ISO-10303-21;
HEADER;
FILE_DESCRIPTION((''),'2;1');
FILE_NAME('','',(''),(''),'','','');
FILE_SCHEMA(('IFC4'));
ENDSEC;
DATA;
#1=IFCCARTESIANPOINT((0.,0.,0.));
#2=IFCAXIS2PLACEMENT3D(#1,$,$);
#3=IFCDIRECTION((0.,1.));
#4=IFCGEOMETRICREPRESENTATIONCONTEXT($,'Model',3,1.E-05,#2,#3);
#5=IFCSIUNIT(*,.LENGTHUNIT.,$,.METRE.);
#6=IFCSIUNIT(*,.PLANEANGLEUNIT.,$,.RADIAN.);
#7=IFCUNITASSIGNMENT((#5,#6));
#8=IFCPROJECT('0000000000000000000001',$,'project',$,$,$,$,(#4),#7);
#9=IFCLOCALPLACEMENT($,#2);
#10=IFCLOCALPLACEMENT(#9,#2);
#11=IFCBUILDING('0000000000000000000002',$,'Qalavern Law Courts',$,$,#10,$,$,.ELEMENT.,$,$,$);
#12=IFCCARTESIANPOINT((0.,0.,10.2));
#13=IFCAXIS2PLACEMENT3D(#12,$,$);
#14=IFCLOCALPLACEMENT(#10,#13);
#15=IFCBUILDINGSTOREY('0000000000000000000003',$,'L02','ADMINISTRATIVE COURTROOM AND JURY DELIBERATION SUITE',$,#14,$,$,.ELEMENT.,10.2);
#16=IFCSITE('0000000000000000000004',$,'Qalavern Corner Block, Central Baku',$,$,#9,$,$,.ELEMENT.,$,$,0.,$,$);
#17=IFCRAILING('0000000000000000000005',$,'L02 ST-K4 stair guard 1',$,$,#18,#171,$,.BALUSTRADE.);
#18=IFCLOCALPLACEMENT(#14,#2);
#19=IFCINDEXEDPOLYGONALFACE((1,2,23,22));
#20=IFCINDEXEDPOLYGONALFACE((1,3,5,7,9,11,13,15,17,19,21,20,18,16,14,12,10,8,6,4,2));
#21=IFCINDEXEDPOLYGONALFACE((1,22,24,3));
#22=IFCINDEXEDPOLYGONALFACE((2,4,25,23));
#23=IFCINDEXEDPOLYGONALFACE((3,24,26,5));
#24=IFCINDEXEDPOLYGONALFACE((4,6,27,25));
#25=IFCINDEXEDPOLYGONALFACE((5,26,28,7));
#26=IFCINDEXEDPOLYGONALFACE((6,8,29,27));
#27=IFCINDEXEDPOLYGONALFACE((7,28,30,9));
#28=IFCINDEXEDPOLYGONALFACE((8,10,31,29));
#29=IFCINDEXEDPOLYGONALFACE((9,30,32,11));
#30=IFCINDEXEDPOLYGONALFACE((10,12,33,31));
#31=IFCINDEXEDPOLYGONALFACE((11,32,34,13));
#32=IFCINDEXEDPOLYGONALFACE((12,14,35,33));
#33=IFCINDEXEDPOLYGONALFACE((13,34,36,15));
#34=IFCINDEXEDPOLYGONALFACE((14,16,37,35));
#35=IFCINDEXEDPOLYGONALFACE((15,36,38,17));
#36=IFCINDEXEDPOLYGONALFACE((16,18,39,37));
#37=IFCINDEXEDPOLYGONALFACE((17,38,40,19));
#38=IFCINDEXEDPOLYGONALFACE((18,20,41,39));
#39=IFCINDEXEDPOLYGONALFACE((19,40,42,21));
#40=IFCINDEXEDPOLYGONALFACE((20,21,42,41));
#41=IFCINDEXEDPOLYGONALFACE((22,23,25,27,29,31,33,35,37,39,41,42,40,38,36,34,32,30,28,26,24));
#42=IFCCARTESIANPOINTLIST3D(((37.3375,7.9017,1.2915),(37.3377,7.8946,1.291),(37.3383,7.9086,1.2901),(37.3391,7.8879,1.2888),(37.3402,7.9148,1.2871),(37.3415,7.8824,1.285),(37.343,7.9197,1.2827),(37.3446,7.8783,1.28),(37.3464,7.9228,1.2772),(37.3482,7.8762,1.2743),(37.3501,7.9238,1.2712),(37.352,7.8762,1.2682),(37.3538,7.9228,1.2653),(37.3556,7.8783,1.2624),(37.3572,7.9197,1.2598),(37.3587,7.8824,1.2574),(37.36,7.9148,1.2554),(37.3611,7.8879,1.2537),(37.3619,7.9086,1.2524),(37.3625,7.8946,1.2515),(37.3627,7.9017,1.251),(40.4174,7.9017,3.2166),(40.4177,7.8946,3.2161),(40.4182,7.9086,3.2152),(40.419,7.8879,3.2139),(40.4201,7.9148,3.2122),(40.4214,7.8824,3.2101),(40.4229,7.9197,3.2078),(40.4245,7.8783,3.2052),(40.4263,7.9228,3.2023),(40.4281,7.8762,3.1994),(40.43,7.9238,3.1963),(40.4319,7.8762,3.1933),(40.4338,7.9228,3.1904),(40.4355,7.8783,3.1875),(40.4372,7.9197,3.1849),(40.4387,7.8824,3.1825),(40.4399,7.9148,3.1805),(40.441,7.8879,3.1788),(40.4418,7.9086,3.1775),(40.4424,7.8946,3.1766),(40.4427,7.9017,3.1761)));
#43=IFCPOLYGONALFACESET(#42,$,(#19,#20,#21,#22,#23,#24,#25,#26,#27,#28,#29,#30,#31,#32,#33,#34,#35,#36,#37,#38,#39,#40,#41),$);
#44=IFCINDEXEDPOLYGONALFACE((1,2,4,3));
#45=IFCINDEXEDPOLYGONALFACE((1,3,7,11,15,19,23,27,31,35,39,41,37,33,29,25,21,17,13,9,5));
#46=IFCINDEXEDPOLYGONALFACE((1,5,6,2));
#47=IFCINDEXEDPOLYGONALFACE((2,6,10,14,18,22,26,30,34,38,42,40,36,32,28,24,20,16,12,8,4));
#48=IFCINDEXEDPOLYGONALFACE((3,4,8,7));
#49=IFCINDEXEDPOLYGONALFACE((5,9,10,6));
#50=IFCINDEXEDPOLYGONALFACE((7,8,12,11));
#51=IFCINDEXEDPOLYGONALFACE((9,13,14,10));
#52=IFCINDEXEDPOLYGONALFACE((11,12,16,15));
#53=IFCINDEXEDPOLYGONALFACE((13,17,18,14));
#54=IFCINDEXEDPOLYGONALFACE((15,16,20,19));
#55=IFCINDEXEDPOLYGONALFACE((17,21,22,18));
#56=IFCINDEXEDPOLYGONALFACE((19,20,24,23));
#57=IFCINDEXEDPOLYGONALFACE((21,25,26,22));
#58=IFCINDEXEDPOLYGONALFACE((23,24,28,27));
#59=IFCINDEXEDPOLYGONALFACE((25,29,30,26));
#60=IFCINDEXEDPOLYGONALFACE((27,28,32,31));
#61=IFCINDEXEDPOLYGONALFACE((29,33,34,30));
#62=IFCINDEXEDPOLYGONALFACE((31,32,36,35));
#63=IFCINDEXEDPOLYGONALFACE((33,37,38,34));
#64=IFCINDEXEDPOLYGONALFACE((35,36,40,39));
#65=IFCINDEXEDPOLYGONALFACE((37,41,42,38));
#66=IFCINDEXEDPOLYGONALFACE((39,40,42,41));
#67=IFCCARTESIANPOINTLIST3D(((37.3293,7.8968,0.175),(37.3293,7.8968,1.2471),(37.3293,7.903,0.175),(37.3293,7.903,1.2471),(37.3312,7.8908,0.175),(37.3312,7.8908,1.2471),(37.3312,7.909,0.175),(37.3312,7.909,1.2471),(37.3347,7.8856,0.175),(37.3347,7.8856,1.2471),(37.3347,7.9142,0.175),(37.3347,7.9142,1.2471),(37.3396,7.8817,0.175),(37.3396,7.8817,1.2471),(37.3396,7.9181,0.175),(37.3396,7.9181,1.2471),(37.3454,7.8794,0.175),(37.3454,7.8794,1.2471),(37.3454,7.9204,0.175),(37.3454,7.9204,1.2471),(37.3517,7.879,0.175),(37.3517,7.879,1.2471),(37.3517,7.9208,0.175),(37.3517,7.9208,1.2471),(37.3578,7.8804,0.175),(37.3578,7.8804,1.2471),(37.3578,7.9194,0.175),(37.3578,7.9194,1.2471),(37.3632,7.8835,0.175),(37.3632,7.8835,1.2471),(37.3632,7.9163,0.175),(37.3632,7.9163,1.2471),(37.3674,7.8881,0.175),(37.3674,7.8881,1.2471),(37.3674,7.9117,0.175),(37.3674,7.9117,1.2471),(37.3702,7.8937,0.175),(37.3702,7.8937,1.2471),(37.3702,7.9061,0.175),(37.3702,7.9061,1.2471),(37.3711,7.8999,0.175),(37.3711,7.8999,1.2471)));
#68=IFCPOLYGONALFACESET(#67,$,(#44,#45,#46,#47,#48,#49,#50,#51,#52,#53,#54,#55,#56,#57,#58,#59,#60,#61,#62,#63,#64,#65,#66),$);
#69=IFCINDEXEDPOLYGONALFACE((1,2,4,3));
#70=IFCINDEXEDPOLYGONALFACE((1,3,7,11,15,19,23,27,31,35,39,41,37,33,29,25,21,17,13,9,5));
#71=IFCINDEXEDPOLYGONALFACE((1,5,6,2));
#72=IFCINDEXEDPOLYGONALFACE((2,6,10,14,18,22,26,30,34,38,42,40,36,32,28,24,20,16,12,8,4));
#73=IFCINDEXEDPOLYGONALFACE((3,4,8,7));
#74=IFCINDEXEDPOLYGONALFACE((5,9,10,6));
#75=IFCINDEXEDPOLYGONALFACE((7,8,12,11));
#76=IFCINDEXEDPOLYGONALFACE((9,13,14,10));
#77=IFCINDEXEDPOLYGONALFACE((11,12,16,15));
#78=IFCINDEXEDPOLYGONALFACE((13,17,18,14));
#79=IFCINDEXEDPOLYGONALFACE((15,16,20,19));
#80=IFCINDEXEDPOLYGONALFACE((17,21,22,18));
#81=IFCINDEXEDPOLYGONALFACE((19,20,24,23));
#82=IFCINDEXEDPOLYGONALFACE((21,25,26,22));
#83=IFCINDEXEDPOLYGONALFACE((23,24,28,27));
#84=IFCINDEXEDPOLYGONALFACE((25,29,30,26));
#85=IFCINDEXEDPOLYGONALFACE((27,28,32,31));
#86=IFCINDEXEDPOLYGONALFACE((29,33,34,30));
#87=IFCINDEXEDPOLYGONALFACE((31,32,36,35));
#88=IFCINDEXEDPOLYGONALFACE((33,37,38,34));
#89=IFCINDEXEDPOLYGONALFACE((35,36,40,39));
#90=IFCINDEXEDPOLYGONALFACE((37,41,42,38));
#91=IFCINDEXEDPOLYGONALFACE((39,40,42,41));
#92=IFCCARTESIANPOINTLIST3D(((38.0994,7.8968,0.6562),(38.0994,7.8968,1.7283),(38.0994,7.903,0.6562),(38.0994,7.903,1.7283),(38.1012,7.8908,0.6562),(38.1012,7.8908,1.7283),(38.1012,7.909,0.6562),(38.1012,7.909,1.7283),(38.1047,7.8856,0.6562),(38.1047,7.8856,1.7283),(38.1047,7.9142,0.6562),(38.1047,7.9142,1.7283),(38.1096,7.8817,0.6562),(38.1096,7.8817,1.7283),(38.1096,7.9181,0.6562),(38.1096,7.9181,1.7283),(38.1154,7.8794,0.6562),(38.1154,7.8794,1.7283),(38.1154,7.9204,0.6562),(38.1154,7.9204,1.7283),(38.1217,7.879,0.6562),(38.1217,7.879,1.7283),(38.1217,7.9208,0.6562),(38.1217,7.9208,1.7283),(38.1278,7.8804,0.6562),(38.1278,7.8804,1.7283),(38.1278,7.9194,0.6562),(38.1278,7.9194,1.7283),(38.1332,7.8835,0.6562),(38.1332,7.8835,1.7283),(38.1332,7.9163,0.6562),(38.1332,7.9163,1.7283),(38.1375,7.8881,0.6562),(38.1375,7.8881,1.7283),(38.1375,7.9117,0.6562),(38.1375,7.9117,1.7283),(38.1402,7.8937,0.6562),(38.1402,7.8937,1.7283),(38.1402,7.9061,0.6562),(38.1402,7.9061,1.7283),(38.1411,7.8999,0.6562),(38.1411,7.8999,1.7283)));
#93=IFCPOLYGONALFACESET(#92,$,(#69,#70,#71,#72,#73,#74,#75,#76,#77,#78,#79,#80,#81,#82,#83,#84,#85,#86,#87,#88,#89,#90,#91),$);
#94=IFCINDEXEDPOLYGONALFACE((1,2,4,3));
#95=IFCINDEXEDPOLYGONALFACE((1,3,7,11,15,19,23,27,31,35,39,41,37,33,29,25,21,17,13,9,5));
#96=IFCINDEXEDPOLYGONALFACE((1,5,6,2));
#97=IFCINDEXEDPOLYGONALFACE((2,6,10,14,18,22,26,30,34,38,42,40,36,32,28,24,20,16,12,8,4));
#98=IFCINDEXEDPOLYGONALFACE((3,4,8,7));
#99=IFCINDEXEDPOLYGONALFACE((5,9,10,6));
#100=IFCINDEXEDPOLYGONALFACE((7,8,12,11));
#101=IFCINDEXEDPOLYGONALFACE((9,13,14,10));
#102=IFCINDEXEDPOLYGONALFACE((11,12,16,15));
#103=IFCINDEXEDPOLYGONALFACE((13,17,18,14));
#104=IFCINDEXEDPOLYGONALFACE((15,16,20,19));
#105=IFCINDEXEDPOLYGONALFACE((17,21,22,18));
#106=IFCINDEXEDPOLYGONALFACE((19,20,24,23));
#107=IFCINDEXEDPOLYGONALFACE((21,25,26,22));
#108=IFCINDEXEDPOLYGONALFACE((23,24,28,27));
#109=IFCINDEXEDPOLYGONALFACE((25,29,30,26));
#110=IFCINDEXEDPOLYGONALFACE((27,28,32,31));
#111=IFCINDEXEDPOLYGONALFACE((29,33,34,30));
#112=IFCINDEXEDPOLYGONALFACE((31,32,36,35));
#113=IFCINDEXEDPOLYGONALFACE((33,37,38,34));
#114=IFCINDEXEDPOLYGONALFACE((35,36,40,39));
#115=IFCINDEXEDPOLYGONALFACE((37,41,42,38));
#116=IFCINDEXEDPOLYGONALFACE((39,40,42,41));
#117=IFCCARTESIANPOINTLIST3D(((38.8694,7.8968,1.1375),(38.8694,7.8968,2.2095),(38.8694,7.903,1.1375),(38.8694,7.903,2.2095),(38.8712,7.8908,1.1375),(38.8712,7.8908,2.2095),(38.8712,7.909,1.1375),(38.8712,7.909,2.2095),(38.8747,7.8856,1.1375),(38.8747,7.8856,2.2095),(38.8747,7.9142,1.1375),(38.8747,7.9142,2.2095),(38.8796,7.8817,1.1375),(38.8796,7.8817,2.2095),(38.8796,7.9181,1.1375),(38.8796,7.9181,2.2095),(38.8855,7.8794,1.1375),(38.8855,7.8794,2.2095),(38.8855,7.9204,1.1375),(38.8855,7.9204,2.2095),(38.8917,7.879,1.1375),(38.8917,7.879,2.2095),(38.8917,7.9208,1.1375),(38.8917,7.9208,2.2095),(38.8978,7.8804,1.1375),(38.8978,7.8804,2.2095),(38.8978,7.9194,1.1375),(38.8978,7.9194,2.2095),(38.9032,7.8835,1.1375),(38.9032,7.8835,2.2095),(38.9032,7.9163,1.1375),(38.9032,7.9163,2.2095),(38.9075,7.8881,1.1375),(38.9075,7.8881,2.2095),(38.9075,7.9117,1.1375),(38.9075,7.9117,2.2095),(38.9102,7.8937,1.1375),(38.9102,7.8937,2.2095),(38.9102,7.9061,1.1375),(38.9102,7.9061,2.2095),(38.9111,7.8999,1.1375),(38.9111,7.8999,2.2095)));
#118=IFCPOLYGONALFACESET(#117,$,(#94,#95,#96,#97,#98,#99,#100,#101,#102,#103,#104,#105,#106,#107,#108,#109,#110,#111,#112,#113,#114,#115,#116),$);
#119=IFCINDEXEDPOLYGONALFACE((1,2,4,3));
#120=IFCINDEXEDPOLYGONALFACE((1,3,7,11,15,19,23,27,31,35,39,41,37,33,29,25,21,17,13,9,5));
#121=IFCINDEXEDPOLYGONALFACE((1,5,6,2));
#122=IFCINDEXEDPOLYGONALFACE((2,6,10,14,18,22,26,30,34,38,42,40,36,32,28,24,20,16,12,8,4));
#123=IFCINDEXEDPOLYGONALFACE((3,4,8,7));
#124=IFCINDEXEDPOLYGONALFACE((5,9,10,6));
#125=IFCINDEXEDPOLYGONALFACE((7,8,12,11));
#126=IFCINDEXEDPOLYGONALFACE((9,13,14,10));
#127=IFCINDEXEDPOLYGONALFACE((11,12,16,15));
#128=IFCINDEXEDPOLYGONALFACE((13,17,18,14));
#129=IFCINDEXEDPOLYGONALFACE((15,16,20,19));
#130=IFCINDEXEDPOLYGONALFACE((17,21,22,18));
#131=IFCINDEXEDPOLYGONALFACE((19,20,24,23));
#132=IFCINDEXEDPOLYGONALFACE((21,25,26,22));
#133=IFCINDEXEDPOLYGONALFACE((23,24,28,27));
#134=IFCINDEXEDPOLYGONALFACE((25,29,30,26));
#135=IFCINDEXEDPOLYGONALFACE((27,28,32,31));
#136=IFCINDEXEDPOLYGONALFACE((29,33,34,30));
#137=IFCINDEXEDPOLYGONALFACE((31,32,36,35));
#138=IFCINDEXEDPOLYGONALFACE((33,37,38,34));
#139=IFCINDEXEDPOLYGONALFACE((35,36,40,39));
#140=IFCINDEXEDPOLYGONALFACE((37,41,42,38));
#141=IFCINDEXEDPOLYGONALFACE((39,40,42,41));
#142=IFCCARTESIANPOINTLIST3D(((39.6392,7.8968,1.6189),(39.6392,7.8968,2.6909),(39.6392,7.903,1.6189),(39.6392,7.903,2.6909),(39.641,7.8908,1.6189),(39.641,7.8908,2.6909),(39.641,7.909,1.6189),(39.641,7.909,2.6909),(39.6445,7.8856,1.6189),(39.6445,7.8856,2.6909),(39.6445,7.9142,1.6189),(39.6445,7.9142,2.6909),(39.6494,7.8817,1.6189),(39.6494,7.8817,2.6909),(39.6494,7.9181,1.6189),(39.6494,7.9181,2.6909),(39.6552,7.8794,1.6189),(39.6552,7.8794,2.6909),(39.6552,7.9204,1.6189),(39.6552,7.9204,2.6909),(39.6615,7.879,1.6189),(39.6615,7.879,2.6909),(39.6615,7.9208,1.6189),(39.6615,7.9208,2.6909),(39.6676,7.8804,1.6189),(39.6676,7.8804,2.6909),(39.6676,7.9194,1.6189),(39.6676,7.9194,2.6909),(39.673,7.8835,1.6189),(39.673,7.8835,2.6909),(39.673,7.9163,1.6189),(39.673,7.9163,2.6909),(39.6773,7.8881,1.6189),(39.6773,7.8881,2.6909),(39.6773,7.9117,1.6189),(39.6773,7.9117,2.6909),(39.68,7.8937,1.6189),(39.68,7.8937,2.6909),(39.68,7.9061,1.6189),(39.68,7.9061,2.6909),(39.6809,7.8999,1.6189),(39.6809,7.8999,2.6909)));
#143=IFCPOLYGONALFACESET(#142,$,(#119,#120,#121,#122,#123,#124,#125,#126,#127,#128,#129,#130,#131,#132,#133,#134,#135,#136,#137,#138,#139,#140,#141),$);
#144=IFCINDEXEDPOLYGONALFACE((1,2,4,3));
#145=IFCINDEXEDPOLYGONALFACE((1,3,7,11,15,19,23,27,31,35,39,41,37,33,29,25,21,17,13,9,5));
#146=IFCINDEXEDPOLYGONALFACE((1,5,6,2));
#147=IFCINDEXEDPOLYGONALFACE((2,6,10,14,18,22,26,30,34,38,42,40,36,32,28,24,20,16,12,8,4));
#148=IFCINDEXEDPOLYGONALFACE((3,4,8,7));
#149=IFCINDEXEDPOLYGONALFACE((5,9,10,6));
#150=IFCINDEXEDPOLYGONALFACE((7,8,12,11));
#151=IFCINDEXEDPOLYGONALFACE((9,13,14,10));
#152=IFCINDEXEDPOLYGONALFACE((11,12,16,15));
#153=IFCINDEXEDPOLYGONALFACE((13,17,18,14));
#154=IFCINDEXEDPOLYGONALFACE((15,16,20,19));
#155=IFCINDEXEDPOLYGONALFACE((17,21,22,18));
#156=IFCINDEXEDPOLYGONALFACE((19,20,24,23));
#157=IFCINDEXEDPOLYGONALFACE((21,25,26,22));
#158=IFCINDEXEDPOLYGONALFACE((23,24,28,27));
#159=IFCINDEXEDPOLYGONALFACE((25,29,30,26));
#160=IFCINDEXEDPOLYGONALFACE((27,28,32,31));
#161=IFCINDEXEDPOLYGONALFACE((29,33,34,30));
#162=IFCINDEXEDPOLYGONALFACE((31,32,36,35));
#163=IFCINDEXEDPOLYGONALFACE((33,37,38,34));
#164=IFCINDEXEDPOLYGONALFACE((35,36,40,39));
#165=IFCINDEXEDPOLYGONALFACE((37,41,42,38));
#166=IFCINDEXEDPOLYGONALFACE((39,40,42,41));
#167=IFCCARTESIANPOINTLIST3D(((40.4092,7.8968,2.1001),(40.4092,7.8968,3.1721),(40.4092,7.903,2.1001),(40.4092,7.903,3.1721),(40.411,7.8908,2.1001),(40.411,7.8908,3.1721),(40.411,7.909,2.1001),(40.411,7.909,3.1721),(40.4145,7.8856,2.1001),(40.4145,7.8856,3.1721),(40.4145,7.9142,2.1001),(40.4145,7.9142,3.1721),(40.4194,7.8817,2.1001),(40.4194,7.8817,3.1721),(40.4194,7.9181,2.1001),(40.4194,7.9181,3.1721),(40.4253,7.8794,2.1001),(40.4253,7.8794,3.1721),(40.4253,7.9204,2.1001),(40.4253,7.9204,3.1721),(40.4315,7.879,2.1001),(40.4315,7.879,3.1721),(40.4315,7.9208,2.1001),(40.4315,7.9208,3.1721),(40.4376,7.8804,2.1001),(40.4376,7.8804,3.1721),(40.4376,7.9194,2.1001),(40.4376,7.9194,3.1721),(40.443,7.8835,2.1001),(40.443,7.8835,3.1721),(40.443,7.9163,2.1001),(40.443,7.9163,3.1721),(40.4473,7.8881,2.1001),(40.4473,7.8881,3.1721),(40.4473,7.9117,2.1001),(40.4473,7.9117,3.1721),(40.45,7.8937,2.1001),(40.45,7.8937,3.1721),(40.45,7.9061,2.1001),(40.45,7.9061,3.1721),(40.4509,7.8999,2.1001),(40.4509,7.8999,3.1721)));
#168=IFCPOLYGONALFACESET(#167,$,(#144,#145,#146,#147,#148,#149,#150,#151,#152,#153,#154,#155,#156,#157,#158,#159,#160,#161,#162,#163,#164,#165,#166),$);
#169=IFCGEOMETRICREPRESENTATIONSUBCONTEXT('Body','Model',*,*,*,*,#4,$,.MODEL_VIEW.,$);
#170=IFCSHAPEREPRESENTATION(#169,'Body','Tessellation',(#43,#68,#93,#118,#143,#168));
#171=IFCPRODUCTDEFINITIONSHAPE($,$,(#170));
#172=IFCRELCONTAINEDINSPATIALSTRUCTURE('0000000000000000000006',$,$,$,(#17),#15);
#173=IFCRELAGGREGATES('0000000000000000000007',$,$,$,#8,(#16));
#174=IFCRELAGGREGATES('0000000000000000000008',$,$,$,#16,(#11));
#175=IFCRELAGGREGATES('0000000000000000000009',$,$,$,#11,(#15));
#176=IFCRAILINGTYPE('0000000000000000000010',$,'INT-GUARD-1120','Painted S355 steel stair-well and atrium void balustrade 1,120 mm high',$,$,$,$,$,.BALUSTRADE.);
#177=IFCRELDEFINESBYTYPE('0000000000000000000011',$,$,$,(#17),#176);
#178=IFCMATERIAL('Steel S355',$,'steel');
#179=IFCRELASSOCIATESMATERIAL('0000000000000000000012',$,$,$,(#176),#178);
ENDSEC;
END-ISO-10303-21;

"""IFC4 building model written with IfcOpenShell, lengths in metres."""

from ifc_helpers import new_model, si_unit, direction, frame, origin, origin_2d, place, context, subcontext, project, spatial, circle, extrude, material, type_object, element, save


model = new_model("IFC4")

# Units and contexts
model_context = context("Model", 3, precision=1e-05, world=origin(), true_north=direction((0.0, 1.0)))
body_context = subcontext(model_context, "Body", "Model", "MODEL_VIEW")
ifc_project = project(units=[si_unit("LENGTHUNIT", "METRE"), si_unit("PLANEANGLEUNIT", "RADIAN")], contexts=[model_context])

# Site, building, storey
site_placement = place(None, origin())
site = spatial("IfcSite", under=ifc_project, at=site_placement, Name="Qalavern Corner Block, Central Baku", CompositionType="ELEMENT", RefElevation=0.0)
building_placement = place(site_placement, origin())
building = spatial("IfcBuilding", under=site, at=building_placement, Name="Qalavern Law Courts", CompositionType="ELEMENT")
storey_placement = place(building_placement, frame((0.0, 0.0, 10.2)))
storey = spatial("IfcBuildingStorey", under=building, at=storey_placement, Name="L02", Description="ADMINISTRATIVE COURTROOM AND JURY DELIBERATION SUITE", CompositionType="ELEMENT", Elevation=10.2)

# Shared definitions
ifc_material_1 = material(Name="Steel S355", Category="steel")

# Railing
railing_type_1 = type_object("IfcRailingType", Name="INT-GUARD-1120", Description="Painted S355 steel stair-well and atrium void balustrade 1,120 mm high", PredefinedType="BALUSTRADE", material=ifc_material_1)
railing_1_placement = place(storey_placement, frame((37.3501, 7.8999, 0.175)))
element("IfcRailing", 1, at=railing_1_placement, inside=storey, type_object=railing_type_1, Name="L02 ST-K4 stair guard 1", PredefinedType="BALUSTRADE", context=body_context, shape_type="SweptSolid", body=[
    extrude(circle(Radius=0.0239, at=origin_2d()), frame((0.0, 0.0, 1.0962), z_axis=(0.847979, 0.0, 0.530029), x_axis=(0.0, 1.0, 0.0)), (0.0, 0.0, 1.0), 3.6321),
    extrude(circle(Radius=0.021, at=origin_2d()), origin(), (0.0, 0.0, 1.0), 1.072),
    extrude(circle(Radius=0.021, at=origin_2d()), frame((0.77, 0.0, 0.4812)), (0.0, 0.0, 1.0), 1.072),
    extrude(circle(Radius=0.021, at=origin_2d()), frame((1.54, 0.0, 0.9624)), (0.0, 0.0, 1.0), 1.072),
    extrude(circle(Radius=0.021, at=origin_2d()), frame((2.3098, 0.0, 1.4438)), (0.0, 0.0, 1.0), 1.072),
    extrude(circle(Radius=0.021, at=origin_2d()), frame((3.0798, 0.0, 1.925)), (0.0, 0.0, 1.0), 1.072),
])

save(model, "model.ifc")
